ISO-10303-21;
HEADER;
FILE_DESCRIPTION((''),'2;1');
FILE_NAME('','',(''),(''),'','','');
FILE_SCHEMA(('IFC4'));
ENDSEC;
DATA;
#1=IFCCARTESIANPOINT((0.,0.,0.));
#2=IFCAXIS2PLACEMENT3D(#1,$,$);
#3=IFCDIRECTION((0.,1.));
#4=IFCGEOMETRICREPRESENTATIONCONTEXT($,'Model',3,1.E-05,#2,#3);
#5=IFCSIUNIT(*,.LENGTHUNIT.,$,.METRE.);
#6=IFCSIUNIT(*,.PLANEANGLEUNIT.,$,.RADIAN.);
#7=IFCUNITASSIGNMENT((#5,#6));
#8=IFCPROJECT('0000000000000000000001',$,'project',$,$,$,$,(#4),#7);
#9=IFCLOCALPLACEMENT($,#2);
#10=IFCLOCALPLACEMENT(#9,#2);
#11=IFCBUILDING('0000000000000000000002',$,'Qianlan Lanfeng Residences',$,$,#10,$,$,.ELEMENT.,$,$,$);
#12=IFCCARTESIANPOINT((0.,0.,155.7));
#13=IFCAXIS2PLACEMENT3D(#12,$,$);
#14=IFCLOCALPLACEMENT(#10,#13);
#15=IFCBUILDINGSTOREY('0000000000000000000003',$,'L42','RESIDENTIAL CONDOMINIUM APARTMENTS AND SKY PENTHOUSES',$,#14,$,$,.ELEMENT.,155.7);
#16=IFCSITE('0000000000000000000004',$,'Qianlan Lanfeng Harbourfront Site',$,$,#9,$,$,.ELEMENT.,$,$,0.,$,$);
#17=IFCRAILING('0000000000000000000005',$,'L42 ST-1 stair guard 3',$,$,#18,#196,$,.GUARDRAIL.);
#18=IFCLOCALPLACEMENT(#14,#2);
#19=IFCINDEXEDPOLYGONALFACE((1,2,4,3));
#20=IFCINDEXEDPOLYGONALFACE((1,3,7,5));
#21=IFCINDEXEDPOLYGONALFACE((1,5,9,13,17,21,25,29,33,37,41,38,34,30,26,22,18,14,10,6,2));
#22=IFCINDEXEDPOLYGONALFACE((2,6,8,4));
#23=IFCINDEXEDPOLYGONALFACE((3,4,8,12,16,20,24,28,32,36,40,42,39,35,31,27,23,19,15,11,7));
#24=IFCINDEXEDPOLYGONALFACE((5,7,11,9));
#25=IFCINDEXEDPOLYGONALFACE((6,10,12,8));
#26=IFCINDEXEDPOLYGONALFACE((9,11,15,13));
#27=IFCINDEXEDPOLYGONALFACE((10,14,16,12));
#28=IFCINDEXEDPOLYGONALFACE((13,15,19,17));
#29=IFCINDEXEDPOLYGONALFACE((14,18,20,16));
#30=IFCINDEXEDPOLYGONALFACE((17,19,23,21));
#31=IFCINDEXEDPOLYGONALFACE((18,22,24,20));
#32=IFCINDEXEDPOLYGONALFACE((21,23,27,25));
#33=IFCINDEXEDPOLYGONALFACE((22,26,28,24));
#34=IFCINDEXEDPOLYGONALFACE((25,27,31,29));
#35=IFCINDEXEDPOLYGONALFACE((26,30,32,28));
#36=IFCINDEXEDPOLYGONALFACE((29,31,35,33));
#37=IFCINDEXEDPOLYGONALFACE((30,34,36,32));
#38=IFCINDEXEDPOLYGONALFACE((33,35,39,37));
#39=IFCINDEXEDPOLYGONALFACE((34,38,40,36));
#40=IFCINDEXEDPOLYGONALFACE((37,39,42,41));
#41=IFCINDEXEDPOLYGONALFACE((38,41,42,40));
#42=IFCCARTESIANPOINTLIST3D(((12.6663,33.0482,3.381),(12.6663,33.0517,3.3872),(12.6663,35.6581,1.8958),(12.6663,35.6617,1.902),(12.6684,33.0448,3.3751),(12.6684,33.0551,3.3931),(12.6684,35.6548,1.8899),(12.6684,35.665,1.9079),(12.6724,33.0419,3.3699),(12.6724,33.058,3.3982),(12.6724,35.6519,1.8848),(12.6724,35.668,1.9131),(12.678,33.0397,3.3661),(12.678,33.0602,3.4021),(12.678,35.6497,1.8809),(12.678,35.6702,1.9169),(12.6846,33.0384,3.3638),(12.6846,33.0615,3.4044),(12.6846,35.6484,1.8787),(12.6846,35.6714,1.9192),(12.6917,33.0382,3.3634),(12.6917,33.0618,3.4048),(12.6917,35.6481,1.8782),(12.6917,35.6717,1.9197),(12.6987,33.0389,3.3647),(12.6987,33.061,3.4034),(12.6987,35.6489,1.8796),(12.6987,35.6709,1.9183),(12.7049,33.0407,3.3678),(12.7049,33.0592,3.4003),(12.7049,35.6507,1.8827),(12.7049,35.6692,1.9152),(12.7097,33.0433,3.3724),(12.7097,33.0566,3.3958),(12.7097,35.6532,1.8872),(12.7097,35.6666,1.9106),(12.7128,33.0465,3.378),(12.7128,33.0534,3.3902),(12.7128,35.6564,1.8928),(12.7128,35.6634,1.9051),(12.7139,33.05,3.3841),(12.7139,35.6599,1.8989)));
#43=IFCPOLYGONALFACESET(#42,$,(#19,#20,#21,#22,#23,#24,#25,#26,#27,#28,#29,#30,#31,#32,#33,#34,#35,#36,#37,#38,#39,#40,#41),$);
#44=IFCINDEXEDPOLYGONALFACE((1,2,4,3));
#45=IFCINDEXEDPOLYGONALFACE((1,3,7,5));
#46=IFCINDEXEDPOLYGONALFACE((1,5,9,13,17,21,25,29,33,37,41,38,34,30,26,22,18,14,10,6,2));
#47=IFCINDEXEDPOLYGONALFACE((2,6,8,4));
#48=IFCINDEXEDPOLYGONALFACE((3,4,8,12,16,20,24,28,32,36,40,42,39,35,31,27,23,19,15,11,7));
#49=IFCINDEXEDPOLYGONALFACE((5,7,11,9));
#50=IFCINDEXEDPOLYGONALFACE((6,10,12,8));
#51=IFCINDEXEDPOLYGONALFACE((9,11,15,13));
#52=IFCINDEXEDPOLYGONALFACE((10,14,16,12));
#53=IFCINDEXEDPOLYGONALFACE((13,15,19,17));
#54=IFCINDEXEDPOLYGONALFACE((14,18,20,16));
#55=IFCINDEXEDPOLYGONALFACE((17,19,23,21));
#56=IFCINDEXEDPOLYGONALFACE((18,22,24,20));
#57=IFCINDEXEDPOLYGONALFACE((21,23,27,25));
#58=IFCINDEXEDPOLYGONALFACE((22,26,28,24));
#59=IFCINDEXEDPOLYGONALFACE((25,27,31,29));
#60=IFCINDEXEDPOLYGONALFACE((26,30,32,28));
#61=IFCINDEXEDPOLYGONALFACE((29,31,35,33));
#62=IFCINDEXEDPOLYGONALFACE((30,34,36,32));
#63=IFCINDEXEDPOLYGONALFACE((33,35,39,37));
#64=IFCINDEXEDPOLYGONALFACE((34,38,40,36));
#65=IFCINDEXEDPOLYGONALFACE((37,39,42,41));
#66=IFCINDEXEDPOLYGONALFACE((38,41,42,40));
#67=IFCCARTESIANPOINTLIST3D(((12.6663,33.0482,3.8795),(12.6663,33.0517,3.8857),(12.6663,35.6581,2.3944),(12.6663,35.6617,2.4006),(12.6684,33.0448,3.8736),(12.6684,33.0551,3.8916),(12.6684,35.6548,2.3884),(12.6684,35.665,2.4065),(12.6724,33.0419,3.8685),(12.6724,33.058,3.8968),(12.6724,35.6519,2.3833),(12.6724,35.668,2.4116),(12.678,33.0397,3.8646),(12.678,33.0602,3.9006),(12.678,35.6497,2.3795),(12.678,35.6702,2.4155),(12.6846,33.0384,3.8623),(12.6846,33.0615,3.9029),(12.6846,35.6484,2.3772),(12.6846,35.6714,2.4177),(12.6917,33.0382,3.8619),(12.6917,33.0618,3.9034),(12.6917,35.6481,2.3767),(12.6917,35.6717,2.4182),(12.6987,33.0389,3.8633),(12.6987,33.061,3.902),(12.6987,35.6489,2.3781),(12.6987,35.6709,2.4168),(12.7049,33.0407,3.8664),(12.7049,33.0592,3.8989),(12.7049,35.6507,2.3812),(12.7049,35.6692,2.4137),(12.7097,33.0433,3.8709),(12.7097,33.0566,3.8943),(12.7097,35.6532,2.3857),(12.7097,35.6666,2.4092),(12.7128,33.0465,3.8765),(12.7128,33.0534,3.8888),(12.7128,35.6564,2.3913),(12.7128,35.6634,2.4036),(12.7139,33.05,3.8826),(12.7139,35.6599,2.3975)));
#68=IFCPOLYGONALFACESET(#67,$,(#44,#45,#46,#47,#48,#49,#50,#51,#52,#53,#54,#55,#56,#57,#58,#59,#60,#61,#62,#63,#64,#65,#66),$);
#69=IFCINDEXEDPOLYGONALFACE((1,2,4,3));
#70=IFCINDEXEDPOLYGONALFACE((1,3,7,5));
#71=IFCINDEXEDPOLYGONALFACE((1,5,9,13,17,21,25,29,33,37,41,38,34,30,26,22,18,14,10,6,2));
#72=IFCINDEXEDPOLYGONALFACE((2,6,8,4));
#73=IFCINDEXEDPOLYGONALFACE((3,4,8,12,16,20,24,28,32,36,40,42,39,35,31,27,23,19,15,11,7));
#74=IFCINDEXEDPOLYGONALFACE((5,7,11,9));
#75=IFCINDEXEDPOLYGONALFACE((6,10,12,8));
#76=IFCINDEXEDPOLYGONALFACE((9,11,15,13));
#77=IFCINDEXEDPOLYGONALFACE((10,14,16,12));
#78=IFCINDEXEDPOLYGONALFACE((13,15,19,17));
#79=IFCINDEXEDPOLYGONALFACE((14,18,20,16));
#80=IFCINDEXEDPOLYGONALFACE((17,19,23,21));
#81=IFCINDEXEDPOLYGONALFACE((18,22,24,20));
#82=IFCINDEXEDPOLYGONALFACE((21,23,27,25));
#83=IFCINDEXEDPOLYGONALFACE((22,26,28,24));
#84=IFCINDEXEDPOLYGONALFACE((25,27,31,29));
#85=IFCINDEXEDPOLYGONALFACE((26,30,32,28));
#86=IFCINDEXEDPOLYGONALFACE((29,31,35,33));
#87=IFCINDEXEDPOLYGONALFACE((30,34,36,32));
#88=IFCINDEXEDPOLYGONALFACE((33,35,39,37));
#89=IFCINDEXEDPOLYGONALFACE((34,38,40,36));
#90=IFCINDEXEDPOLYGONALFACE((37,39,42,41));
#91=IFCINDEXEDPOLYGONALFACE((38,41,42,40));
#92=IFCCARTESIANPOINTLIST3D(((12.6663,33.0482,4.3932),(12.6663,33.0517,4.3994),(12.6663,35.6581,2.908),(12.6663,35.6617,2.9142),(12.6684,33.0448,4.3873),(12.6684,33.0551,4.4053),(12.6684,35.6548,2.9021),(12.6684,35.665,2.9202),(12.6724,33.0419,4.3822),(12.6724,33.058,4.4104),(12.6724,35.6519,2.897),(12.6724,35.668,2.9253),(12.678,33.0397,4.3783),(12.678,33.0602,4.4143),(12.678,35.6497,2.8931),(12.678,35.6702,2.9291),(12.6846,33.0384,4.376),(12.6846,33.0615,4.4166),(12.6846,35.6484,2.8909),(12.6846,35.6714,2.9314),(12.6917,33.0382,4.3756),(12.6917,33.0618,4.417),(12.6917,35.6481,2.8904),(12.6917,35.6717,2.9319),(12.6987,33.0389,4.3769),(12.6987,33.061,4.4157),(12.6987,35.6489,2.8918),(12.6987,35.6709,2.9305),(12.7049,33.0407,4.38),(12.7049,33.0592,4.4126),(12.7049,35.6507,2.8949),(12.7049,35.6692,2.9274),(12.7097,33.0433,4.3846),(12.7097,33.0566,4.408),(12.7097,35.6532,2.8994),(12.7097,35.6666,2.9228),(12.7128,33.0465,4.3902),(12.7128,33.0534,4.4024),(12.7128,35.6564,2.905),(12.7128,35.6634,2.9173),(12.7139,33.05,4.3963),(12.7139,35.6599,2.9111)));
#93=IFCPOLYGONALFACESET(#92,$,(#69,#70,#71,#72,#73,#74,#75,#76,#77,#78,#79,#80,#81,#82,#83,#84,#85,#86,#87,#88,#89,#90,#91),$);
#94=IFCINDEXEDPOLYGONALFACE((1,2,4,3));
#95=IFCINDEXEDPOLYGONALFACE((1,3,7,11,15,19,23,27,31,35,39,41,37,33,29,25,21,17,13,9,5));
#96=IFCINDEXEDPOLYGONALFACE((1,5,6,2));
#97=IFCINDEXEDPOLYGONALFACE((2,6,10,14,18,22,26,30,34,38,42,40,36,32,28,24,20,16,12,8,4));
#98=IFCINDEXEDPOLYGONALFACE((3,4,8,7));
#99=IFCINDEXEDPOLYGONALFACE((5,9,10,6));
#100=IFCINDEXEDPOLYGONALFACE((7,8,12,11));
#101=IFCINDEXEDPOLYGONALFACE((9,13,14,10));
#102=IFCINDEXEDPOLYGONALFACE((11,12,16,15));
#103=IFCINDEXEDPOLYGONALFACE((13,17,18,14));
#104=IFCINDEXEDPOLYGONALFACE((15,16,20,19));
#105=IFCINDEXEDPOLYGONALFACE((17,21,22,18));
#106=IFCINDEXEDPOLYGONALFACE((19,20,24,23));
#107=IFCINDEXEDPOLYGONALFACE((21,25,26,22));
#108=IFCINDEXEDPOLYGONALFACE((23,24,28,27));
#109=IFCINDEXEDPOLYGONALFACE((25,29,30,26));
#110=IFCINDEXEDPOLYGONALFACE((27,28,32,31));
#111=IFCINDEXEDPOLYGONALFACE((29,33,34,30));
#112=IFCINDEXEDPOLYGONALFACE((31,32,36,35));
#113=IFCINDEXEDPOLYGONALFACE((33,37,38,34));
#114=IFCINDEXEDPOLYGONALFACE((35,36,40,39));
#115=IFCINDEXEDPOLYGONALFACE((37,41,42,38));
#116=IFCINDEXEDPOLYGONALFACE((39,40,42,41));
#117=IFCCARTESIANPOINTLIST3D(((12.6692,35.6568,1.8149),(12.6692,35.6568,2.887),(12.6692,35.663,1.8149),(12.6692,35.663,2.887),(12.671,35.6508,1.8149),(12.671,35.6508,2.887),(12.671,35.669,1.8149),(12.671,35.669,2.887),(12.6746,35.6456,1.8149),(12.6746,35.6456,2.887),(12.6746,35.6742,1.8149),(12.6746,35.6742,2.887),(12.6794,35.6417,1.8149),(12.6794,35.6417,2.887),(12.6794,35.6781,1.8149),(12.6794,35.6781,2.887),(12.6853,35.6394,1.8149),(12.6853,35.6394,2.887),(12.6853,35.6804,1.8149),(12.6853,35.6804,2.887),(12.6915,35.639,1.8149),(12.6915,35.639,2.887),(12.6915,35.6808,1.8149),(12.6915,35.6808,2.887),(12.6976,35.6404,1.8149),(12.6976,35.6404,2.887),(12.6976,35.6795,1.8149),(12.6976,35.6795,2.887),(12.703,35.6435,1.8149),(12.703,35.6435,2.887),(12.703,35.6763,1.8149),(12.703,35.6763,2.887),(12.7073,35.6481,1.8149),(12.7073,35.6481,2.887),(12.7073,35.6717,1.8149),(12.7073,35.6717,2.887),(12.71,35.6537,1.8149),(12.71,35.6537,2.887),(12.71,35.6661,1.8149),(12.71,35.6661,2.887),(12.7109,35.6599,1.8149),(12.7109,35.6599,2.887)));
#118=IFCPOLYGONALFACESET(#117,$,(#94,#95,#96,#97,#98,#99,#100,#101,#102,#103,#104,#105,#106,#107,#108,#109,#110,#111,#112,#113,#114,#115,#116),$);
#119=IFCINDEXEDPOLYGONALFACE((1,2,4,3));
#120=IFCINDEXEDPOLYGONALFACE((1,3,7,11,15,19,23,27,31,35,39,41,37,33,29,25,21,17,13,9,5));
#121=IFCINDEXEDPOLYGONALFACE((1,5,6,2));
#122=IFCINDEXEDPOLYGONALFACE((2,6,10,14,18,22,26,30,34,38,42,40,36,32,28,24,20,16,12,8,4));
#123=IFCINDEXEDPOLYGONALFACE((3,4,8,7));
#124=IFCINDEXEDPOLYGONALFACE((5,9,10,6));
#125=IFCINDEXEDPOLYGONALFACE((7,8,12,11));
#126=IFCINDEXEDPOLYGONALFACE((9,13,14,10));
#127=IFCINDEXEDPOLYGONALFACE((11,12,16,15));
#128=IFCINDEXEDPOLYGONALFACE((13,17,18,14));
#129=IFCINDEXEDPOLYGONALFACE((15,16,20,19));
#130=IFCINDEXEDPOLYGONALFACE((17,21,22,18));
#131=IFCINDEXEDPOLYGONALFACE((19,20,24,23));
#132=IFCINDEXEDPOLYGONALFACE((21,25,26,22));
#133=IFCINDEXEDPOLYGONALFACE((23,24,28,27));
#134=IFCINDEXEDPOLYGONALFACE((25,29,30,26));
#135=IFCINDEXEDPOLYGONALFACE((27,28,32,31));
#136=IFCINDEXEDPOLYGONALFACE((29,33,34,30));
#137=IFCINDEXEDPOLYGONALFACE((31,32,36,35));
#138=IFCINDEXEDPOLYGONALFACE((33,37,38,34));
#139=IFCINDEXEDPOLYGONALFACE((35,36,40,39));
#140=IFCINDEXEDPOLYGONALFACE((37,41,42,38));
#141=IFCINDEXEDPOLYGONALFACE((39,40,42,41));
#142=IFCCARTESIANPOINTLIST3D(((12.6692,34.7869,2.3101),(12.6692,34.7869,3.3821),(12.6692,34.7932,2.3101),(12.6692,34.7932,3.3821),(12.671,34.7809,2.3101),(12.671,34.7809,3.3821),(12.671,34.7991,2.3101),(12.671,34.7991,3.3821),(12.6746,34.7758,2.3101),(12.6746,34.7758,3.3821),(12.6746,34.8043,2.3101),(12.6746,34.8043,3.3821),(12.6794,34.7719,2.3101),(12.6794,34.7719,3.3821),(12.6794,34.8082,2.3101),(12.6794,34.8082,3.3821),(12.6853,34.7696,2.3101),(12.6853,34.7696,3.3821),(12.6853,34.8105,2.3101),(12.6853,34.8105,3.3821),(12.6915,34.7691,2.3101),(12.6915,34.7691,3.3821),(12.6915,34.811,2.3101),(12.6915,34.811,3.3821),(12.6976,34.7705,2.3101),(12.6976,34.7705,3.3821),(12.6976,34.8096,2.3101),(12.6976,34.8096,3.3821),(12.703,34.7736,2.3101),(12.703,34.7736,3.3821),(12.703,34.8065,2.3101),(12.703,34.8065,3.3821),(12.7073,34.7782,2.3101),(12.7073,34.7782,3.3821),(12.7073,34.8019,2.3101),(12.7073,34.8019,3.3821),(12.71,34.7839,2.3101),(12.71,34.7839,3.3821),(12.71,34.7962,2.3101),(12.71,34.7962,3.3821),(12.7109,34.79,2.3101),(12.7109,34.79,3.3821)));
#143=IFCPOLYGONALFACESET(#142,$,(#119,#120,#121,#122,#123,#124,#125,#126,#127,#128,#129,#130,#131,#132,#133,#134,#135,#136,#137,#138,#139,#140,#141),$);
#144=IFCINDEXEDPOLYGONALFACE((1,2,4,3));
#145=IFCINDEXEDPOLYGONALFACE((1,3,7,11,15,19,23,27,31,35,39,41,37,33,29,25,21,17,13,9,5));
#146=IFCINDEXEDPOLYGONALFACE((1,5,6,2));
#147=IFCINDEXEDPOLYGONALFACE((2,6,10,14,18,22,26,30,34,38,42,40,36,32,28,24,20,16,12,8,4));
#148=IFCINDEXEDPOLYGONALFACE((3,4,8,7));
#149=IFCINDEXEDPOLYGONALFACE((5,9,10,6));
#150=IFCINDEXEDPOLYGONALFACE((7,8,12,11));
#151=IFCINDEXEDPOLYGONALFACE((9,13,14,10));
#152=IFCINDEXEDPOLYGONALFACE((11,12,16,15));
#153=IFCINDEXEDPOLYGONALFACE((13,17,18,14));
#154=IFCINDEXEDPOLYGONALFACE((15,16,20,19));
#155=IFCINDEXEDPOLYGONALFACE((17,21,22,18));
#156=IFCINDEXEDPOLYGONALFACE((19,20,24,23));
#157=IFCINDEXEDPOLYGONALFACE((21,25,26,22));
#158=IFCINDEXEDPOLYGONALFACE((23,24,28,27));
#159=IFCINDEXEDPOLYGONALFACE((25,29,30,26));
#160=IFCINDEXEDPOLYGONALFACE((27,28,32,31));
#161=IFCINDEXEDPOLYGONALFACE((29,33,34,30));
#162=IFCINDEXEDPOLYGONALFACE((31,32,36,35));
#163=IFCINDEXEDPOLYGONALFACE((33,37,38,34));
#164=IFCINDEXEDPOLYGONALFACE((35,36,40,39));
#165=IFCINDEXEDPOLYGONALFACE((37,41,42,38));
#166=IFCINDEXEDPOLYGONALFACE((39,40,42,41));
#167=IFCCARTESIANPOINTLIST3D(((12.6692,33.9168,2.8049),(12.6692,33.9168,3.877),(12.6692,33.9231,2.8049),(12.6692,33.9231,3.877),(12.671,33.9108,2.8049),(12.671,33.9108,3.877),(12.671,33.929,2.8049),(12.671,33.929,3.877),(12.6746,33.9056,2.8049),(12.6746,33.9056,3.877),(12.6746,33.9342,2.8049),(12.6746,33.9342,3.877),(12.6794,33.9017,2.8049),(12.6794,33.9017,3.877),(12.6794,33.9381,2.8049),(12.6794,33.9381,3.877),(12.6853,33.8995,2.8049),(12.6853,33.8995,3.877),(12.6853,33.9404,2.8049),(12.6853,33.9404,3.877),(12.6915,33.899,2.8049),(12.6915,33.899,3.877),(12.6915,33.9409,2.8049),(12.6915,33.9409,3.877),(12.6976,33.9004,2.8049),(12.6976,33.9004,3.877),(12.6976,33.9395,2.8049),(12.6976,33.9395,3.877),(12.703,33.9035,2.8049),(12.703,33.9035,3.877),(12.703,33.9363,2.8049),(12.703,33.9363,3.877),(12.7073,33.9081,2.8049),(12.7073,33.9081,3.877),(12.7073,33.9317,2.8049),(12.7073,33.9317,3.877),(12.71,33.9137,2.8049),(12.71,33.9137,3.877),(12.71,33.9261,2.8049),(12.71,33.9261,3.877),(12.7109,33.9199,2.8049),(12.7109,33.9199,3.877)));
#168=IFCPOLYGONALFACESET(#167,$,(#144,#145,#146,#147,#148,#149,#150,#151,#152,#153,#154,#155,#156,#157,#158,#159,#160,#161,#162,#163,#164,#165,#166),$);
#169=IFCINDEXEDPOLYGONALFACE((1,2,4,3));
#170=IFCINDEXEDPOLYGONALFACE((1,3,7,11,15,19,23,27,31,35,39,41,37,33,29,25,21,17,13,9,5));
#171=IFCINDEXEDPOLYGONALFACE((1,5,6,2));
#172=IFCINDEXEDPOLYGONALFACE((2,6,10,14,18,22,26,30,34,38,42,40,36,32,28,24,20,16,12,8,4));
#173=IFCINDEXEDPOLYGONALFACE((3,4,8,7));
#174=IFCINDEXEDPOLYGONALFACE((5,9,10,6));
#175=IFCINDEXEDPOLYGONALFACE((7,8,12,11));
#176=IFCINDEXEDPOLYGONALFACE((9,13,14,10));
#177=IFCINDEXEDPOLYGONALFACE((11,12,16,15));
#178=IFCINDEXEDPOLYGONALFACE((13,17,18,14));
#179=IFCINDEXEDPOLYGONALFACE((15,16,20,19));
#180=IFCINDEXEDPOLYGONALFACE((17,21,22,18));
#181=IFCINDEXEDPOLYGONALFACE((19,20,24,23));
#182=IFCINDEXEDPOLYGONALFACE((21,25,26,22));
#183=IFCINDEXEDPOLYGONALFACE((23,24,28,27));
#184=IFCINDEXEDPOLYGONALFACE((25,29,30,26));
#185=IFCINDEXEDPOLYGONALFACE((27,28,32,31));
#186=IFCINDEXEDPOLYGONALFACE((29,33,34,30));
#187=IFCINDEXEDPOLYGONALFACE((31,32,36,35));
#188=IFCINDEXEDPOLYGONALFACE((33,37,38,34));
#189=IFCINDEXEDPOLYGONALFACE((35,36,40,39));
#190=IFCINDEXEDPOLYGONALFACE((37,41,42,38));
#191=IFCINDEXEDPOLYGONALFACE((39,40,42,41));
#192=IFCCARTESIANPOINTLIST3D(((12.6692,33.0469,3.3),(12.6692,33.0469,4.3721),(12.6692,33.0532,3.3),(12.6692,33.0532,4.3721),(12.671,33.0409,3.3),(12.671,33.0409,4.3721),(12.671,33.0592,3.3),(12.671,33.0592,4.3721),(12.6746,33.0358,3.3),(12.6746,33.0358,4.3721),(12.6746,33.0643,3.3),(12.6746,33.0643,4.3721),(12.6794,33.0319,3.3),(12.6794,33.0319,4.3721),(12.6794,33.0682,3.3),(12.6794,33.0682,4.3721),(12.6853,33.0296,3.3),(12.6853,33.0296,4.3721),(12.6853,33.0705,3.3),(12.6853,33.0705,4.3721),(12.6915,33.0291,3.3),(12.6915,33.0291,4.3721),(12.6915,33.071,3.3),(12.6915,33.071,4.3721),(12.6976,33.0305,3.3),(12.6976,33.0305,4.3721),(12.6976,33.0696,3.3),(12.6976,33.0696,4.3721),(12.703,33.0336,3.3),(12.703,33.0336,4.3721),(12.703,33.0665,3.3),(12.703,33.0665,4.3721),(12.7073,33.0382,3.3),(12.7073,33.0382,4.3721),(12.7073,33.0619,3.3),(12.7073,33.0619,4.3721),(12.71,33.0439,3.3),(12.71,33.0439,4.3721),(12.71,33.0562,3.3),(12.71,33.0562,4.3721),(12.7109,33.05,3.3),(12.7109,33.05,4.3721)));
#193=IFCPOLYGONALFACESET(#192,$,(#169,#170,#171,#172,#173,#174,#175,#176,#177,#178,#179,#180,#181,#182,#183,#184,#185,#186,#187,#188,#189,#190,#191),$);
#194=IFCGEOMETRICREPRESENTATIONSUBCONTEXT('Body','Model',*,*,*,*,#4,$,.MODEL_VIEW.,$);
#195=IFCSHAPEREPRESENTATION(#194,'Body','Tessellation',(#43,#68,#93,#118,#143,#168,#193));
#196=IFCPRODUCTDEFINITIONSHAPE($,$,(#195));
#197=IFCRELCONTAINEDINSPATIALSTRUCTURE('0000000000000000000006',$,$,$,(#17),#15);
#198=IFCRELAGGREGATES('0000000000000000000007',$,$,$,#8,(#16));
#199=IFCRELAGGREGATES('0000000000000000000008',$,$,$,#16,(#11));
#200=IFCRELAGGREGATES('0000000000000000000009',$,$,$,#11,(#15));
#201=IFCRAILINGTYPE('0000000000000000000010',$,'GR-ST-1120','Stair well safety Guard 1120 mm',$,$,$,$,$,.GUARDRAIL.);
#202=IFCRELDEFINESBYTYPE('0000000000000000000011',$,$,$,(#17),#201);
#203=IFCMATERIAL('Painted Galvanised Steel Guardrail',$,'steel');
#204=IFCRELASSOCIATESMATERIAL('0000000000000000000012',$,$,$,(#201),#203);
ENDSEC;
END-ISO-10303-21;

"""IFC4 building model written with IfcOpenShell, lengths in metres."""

from ifc_helpers import new_model, si_unit, direction, frame, origin, origin_2d, place, context, subcontext, project, spatial, circle, extrude, material, type_object, element, save


model = new_model("IFC4")

# Units and contexts
model_context = context("Model", 3, precision=1e-05, world=origin(), true_north=direction((0.0, 1.0)))
body_context = subcontext(model_context, "Body", "Model", "MODEL_VIEW")
ifc_project = project(units=[si_unit("LENGTHUNIT", "METRE"), si_unit("PLANEANGLEUNIT", "RADIAN")], contexts=[model_context])

# Site, building, storey
site_placement = place(None, origin())
site = spatial("IfcSite", under=ifc_project, at=site_placement, Name="Qianlan Lanfeng Harbourfront Site", CompositionType="ELEMENT", RefElevation=0.0)
building_placement = place(site_placement, origin())
building = spatial("IfcBuilding", under=site, at=building_placement, Name="Qianlan Lanfeng Residences", CompositionType="ELEMENT")
storey_placement = place(building_placement, frame((0.0, 0.0, 155.7)))
storey = spatial("IfcBuildingStorey", under=building, at=storey_placement, Name="L42", Description="RESIDENTIAL CONDOMINIUM APARTMENTS AND SKY PENTHOUSES", CompositionType="ELEMENT", Elevation=155.7)

# Railing
ifc_material_1 = material(Name="Painted Galvanised Steel Guardrail", Category="steel")
railing_type_1 = type_object("IfcRailingType", Name="GR-ST-1120", Description="Stair well safety Guard 1120 mm", PredefinedType="GUARDRAIL", material=ifc_material_1)
railing_1_placement = place(storey_placement, frame((12.6899, 35.6599, 1.8149)))
element("IfcRailing", 1, at=railing_1_placement, inside=storey, type_object=railing_type_1, Name="L42 ST-1 stair guard 3", PredefinedType="GUARDRAIL", context=body_context, shape_type="SweptSolid", body=[
    extrude(circle(Radius=0.0239, at=origin_2d()), frame((0.0, 0.0, 0.084), z_axis=(0.0, -0.869137, 0.494571), x_axis=(1.0, 0.0, 0.0)), (0.0, 0.0, 1.0), 3.0029),
    extrude(circle(Radius=0.0239, at=origin_2d()), frame((0.0, 0.0, 0.5825), z_axis=(0.0, -0.869137, 0.494571), x_axis=(1.0, 0.0, 0.0)), (0.0, 0.0, 1.0), 3.0029),
    extrude(circle(Radius=0.0239, at=origin_2d()), frame((0.0, 0.0, 1.0962), z_axis=(0.0, -0.869137, 0.494571), x_axis=(1.0, 0.0, 0.0)), (0.0, 0.0, 1.0), 3.0029),
    extrude(circle(Radius=0.021, at=origin_2d()), origin(), (0.0, 0.0, 1.0), 1.072),
    extrude(circle(Radius=0.021, at=origin_2d()), frame((0.0, -0.8699, 0.4951)), (0.0, 0.0, 1.0), 1.072),
    extrude(circle(Radius=0.021, at=origin_2d()), frame((0.0, -1.74, 0.99)), (0.0, 0.0, 1.0), 1.072),
    extrude(circle(Radius=0.021, at=origin_2d()), frame((0.0, -2.6099, 1.4851)), (0.0, 0.0, 1.0), 1.072),
])

save(model, "model.ifc")
